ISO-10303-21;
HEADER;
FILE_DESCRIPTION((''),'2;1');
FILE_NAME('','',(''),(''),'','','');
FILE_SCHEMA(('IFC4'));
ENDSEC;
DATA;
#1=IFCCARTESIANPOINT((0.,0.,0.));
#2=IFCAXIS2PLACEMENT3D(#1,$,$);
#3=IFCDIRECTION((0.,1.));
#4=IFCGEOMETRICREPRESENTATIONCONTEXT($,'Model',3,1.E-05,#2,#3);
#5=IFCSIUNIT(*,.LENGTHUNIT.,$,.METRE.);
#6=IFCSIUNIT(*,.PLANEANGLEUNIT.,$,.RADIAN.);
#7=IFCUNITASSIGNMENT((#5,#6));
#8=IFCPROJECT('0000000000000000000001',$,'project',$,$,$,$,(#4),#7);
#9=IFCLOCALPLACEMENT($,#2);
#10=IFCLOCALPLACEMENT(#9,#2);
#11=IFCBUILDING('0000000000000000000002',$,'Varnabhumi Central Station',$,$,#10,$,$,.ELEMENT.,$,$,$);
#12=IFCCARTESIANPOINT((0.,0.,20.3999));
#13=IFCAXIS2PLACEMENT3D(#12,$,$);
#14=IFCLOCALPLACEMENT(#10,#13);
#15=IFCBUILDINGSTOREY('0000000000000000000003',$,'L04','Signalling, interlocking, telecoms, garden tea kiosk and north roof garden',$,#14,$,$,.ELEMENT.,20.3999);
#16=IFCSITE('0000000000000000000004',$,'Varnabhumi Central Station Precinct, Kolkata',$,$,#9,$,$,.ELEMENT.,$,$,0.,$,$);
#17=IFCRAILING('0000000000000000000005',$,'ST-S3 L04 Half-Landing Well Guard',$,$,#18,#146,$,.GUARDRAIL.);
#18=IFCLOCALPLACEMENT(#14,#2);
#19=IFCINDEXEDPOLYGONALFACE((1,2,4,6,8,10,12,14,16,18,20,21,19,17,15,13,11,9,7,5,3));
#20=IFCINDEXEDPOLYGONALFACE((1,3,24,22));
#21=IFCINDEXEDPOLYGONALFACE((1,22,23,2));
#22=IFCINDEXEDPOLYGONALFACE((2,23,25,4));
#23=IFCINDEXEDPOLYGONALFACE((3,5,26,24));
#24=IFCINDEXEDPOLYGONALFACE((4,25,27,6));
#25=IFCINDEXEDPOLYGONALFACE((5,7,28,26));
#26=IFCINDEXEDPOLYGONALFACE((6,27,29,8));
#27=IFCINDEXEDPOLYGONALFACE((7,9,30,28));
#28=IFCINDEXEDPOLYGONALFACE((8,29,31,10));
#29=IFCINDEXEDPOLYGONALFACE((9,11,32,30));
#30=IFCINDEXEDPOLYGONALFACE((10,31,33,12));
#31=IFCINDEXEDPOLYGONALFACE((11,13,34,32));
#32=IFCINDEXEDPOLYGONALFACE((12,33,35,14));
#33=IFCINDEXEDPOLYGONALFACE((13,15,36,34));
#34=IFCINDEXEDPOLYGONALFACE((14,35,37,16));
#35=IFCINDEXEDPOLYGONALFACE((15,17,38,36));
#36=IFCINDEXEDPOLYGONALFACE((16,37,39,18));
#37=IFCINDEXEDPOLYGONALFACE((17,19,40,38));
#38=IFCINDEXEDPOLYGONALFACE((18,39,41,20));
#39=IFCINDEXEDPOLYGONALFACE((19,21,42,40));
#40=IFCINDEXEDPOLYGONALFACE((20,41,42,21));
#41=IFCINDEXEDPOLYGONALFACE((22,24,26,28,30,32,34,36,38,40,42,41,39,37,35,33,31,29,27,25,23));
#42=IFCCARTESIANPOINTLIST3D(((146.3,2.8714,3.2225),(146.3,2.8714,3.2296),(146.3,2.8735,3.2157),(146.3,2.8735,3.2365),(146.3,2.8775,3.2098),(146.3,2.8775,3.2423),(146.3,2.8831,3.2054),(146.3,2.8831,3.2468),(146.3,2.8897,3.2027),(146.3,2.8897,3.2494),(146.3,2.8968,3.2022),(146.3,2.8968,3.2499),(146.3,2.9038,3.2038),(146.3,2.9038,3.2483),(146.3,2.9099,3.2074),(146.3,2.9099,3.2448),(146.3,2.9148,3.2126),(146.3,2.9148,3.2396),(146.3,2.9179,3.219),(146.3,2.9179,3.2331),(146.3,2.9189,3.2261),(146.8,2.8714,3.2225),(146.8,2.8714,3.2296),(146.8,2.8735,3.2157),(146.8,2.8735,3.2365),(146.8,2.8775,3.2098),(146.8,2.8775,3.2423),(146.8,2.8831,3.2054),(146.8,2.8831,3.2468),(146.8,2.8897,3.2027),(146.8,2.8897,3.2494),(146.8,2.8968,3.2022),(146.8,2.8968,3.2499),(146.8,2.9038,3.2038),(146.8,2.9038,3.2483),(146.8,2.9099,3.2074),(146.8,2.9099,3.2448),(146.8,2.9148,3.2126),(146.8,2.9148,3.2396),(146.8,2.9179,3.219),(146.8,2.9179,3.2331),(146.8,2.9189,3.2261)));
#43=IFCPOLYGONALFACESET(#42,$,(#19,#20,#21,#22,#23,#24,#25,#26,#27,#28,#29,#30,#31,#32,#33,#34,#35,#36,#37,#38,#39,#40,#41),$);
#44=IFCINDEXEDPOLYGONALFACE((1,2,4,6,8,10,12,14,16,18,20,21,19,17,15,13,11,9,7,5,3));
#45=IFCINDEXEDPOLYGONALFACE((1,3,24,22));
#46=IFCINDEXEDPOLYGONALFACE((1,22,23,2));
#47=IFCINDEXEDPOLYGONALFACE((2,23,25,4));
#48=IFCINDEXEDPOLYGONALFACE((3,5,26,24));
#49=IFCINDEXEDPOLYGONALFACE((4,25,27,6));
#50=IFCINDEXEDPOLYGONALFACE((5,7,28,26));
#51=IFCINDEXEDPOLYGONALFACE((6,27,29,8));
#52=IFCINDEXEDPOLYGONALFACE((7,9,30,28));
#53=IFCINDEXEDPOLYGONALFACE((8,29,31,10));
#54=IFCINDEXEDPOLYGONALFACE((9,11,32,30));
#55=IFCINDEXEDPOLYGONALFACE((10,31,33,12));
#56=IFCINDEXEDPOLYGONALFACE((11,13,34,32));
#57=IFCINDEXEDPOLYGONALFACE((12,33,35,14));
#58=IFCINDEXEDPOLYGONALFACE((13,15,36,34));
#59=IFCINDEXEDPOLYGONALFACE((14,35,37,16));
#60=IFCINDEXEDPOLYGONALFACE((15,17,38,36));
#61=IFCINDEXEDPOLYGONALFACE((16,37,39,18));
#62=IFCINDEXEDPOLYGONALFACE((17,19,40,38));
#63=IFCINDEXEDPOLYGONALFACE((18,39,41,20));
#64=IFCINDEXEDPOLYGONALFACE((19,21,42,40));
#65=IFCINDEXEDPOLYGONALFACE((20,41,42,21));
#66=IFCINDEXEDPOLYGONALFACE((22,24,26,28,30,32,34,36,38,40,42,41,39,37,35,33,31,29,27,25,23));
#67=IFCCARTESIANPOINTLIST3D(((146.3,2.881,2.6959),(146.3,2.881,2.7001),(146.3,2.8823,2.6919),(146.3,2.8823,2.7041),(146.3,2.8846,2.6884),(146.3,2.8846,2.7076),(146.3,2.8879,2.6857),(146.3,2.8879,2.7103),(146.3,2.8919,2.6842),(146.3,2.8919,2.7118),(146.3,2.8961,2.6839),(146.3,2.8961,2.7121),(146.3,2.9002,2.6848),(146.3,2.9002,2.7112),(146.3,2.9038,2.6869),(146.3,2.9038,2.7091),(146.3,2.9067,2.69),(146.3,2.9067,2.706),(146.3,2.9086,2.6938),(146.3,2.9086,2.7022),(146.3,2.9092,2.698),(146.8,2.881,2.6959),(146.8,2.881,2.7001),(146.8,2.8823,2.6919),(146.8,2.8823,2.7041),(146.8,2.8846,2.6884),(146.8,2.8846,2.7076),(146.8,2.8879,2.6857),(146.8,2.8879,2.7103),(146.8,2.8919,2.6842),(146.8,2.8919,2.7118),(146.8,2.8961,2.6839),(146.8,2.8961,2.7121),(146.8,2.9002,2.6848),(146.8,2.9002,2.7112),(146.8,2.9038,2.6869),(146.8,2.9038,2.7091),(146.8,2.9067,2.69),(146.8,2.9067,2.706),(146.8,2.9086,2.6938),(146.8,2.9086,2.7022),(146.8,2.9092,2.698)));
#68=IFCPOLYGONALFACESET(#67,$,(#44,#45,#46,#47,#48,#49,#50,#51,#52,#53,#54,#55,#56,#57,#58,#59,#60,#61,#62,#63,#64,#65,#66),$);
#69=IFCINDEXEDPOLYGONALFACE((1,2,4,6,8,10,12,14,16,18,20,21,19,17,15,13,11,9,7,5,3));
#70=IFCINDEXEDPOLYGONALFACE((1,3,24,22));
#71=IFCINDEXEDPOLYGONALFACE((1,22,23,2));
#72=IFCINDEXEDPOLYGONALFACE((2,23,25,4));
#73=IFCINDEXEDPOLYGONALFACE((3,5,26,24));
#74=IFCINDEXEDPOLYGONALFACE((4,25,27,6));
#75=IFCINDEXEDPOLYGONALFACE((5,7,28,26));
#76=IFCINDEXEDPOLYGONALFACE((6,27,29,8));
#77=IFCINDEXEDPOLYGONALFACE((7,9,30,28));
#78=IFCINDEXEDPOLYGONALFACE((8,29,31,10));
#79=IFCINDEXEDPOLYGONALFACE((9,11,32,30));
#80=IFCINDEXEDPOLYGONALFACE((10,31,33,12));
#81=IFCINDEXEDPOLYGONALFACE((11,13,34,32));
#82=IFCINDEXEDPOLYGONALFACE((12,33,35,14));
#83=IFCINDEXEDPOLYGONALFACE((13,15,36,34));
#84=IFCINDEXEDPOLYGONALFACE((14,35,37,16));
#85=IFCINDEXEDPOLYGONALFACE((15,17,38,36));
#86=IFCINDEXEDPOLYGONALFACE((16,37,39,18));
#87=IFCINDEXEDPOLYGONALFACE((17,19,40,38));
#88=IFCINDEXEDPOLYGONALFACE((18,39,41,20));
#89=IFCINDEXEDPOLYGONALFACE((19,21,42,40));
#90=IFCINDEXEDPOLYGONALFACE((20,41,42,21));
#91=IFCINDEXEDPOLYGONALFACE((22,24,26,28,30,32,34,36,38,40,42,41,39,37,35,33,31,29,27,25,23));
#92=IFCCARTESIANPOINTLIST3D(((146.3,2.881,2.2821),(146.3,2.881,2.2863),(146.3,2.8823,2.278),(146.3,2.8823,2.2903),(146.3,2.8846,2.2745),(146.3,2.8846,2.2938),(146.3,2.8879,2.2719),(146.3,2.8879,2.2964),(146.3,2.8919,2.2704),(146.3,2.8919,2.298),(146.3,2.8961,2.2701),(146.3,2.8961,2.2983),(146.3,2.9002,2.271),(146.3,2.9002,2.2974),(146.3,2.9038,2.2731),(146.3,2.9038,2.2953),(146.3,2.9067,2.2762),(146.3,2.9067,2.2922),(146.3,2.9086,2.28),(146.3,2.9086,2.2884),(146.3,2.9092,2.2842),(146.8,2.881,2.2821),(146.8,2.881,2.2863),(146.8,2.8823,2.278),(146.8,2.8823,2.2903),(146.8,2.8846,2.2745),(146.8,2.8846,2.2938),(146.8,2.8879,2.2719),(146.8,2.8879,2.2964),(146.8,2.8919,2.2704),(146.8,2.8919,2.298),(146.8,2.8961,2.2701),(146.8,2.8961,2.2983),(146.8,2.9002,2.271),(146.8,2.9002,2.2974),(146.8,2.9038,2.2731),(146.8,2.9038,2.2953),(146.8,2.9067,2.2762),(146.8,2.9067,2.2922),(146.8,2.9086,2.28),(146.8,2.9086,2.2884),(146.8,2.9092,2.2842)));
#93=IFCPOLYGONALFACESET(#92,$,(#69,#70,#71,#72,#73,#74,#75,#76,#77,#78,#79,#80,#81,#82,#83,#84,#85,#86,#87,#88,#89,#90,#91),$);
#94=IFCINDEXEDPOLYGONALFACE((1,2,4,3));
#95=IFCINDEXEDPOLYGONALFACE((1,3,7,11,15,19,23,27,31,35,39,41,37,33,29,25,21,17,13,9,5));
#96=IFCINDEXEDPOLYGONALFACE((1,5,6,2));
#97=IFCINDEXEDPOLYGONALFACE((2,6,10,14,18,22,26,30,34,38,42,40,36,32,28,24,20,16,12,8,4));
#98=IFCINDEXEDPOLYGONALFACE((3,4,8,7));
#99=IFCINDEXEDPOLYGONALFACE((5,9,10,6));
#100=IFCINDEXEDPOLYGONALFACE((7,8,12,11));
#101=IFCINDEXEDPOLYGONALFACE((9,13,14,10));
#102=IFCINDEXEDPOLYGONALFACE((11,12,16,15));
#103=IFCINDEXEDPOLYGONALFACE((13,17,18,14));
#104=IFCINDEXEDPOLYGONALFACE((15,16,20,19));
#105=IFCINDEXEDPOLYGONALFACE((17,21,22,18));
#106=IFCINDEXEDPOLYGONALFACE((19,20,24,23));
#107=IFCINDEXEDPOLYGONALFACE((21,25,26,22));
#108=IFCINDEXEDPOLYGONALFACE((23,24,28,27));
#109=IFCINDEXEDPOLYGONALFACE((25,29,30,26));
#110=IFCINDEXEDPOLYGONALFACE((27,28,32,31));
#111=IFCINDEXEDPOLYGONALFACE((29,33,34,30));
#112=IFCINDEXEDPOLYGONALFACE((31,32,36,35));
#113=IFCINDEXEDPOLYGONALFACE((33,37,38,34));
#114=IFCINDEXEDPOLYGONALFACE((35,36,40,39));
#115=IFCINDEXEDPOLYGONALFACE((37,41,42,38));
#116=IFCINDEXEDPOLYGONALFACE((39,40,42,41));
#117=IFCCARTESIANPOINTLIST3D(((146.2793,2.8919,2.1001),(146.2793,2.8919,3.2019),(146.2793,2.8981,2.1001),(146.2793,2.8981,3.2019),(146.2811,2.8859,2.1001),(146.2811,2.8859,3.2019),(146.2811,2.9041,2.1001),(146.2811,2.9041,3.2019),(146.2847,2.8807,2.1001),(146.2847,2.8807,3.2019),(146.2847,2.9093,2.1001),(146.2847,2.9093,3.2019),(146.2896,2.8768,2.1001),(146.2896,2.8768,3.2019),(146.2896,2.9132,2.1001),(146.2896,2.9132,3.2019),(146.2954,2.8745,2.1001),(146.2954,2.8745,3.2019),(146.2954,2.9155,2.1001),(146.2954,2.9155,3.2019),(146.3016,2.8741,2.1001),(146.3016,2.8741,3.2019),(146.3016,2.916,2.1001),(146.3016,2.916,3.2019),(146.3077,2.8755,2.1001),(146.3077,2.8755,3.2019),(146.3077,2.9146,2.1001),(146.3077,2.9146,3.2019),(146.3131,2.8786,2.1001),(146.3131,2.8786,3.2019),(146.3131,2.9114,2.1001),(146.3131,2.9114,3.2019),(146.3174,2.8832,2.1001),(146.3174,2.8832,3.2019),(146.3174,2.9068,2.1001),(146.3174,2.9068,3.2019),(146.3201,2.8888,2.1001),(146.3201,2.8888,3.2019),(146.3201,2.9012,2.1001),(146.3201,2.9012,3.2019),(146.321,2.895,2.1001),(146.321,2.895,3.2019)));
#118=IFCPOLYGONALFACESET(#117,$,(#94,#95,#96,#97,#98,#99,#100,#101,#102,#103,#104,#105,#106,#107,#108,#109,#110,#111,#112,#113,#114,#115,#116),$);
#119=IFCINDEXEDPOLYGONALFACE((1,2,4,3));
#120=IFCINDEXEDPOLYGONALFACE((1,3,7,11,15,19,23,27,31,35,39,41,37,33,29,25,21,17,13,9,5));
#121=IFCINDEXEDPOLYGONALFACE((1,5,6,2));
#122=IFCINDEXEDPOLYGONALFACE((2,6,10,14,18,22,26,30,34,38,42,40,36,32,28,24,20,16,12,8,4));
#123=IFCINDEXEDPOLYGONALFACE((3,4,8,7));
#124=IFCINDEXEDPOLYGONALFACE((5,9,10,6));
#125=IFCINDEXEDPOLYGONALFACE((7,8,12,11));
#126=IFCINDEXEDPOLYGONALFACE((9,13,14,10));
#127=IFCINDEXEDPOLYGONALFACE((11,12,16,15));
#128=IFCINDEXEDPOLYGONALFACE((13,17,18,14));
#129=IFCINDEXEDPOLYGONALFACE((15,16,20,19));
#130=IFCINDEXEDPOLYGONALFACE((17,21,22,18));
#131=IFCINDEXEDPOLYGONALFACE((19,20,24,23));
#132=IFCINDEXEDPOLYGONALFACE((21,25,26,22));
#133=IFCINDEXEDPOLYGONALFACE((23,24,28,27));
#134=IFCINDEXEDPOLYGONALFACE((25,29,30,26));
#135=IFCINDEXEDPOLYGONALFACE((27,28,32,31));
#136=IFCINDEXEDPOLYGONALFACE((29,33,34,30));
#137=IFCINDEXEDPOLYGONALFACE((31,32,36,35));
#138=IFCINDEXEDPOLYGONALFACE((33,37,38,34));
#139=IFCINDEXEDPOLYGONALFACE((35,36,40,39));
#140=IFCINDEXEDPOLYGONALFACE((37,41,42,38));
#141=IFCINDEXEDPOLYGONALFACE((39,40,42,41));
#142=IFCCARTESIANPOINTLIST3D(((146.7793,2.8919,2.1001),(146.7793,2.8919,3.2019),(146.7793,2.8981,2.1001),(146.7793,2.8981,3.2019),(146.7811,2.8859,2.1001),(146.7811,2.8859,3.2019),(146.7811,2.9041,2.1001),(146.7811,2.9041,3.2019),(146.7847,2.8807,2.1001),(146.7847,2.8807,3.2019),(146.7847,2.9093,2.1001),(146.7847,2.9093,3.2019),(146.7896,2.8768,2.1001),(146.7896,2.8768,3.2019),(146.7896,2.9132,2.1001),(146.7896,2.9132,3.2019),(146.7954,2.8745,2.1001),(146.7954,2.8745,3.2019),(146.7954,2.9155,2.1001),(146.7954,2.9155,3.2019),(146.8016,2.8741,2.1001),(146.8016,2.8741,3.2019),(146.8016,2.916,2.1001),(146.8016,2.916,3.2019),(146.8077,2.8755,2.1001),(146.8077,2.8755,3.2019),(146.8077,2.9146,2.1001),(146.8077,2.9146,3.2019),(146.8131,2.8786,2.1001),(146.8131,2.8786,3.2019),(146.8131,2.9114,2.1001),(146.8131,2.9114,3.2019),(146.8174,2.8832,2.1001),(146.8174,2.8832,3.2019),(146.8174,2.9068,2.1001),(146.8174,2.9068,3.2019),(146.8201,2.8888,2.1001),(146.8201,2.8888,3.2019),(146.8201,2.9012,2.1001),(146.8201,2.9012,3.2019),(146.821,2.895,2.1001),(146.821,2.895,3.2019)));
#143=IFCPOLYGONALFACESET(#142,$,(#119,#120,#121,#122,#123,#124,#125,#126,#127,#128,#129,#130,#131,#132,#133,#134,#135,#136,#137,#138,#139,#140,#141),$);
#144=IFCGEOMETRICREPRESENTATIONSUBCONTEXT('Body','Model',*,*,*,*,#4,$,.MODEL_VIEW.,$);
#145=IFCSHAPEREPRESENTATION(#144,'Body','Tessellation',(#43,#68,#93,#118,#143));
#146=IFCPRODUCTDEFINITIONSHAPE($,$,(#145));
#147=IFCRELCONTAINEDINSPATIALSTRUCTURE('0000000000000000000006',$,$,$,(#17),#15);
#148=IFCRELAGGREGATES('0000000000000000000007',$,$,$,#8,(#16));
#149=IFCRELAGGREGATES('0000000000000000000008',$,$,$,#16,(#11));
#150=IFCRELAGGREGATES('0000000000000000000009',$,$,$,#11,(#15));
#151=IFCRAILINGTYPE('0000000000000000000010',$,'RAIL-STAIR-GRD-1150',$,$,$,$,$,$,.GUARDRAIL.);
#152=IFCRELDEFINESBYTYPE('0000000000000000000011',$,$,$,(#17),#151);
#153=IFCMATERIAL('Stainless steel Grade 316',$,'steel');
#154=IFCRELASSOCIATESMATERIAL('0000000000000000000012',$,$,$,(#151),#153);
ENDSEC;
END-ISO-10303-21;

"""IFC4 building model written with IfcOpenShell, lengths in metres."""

from ifc_helpers import new_model, si_unit, direction, frame, origin, origin_2d, place, context, subcontext, project, spatial, circle, extrude, material, type_object, element, save


model = new_model("IFC4")

# Units and contexts
model_context = context("Model", 3, precision=1e-05, world=origin(), true_north=direction((0.0, 1.0)))
body_context = subcontext(model_context, "Body", "Model", "MODEL_VIEW")
ifc_project = project(units=[si_unit("LENGTHUNIT", "METRE"), si_unit("PLANEANGLEUNIT", "RADIAN")], contexts=[model_context])

# Site, building, storey
site_placement = place(None, origin())
site = spatial("IfcSite", under=ifc_project, at=site_placement, Name="Varnabhumi Central Station Precinct, Kolkata", CompositionType="ELEMENT", RefElevation=0.0)
building_placement = place(site_placement, origin())
building = spatial("IfcBuilding", under=site, at=building_placement, Name="Varnabhumi Central Station", CompositionType="ELEMENT")
storey_placement = place(building_placement, frame((0.0, 0.0, 20.3999)))
storey = spatial("IfcBuildingStorey", under=building, at=storey_placement, Name="L04", Description="Signalling, interlocking, telecoms, garden tea kiosk and north roof garden", CompositionType="ELEMENT", Elevation=20.3999)

# Shared definitions
ifc_material_1 = material(Name="Stainless steel Grade 316", Category="steel")

# Railing
railing_type_1 = type_object("IfcRailingType", Name="RAIL-STAIR-GRD-1150", PredefinedType="GUARDRAIL", material=ifc_material_1)
railing_1_placement = place(storey_placement, frame((146.3, 2.895, 2.1001)))
element("IfcRailing", 1, at=railing_1_placement, inside=storey, type_object=railing_type_1, Name="ST-S3 L04 Half-Landing Well Guard", PredefinedType="GUARDRAIL", context=body_context, shape_type="SweptSolid", body=[
    extrude(circle(Radius=0.0239, at=origin_2d()), frame((0.0, 0.0, 1.126), z_axis=(1.0, 0.0, 0.0), x_axis=(0.0, 1.0, 0.0)), (0.0, 0.0, 1.0), 0.5),
    extrude(circle(Radius=0.0142, at=origin_2d()), frame((0.0, 0.0, 0.5979), z_axis=(1.0, 0.0, 0.0), x_axis=(0.0, 1.0, 0.0)), (0.0, 0.0, 1.0), 0.5),
    extrude(circle(Radius=0.0142, at=origin_2d()), frame((0.0, 0.0, 0.1841), z_axis=(1.0, 0.0, 0.0), x_axis=(0.0, 1.0, 0.0)), (0.0, 0.0, 1.0), 0.5),
    extrude(circle(Radius=0.021, at=origin_2d()), origin(), (0.0, 0.0, 1.0), 1.1018),
    extrude(circle(Radius=0.021, at=origin_2d()), frame((0.5, 0.0, 0.0)), (0.0, 0.0, 1.0), 1.1018),
])

save(model, "model.ifc")
